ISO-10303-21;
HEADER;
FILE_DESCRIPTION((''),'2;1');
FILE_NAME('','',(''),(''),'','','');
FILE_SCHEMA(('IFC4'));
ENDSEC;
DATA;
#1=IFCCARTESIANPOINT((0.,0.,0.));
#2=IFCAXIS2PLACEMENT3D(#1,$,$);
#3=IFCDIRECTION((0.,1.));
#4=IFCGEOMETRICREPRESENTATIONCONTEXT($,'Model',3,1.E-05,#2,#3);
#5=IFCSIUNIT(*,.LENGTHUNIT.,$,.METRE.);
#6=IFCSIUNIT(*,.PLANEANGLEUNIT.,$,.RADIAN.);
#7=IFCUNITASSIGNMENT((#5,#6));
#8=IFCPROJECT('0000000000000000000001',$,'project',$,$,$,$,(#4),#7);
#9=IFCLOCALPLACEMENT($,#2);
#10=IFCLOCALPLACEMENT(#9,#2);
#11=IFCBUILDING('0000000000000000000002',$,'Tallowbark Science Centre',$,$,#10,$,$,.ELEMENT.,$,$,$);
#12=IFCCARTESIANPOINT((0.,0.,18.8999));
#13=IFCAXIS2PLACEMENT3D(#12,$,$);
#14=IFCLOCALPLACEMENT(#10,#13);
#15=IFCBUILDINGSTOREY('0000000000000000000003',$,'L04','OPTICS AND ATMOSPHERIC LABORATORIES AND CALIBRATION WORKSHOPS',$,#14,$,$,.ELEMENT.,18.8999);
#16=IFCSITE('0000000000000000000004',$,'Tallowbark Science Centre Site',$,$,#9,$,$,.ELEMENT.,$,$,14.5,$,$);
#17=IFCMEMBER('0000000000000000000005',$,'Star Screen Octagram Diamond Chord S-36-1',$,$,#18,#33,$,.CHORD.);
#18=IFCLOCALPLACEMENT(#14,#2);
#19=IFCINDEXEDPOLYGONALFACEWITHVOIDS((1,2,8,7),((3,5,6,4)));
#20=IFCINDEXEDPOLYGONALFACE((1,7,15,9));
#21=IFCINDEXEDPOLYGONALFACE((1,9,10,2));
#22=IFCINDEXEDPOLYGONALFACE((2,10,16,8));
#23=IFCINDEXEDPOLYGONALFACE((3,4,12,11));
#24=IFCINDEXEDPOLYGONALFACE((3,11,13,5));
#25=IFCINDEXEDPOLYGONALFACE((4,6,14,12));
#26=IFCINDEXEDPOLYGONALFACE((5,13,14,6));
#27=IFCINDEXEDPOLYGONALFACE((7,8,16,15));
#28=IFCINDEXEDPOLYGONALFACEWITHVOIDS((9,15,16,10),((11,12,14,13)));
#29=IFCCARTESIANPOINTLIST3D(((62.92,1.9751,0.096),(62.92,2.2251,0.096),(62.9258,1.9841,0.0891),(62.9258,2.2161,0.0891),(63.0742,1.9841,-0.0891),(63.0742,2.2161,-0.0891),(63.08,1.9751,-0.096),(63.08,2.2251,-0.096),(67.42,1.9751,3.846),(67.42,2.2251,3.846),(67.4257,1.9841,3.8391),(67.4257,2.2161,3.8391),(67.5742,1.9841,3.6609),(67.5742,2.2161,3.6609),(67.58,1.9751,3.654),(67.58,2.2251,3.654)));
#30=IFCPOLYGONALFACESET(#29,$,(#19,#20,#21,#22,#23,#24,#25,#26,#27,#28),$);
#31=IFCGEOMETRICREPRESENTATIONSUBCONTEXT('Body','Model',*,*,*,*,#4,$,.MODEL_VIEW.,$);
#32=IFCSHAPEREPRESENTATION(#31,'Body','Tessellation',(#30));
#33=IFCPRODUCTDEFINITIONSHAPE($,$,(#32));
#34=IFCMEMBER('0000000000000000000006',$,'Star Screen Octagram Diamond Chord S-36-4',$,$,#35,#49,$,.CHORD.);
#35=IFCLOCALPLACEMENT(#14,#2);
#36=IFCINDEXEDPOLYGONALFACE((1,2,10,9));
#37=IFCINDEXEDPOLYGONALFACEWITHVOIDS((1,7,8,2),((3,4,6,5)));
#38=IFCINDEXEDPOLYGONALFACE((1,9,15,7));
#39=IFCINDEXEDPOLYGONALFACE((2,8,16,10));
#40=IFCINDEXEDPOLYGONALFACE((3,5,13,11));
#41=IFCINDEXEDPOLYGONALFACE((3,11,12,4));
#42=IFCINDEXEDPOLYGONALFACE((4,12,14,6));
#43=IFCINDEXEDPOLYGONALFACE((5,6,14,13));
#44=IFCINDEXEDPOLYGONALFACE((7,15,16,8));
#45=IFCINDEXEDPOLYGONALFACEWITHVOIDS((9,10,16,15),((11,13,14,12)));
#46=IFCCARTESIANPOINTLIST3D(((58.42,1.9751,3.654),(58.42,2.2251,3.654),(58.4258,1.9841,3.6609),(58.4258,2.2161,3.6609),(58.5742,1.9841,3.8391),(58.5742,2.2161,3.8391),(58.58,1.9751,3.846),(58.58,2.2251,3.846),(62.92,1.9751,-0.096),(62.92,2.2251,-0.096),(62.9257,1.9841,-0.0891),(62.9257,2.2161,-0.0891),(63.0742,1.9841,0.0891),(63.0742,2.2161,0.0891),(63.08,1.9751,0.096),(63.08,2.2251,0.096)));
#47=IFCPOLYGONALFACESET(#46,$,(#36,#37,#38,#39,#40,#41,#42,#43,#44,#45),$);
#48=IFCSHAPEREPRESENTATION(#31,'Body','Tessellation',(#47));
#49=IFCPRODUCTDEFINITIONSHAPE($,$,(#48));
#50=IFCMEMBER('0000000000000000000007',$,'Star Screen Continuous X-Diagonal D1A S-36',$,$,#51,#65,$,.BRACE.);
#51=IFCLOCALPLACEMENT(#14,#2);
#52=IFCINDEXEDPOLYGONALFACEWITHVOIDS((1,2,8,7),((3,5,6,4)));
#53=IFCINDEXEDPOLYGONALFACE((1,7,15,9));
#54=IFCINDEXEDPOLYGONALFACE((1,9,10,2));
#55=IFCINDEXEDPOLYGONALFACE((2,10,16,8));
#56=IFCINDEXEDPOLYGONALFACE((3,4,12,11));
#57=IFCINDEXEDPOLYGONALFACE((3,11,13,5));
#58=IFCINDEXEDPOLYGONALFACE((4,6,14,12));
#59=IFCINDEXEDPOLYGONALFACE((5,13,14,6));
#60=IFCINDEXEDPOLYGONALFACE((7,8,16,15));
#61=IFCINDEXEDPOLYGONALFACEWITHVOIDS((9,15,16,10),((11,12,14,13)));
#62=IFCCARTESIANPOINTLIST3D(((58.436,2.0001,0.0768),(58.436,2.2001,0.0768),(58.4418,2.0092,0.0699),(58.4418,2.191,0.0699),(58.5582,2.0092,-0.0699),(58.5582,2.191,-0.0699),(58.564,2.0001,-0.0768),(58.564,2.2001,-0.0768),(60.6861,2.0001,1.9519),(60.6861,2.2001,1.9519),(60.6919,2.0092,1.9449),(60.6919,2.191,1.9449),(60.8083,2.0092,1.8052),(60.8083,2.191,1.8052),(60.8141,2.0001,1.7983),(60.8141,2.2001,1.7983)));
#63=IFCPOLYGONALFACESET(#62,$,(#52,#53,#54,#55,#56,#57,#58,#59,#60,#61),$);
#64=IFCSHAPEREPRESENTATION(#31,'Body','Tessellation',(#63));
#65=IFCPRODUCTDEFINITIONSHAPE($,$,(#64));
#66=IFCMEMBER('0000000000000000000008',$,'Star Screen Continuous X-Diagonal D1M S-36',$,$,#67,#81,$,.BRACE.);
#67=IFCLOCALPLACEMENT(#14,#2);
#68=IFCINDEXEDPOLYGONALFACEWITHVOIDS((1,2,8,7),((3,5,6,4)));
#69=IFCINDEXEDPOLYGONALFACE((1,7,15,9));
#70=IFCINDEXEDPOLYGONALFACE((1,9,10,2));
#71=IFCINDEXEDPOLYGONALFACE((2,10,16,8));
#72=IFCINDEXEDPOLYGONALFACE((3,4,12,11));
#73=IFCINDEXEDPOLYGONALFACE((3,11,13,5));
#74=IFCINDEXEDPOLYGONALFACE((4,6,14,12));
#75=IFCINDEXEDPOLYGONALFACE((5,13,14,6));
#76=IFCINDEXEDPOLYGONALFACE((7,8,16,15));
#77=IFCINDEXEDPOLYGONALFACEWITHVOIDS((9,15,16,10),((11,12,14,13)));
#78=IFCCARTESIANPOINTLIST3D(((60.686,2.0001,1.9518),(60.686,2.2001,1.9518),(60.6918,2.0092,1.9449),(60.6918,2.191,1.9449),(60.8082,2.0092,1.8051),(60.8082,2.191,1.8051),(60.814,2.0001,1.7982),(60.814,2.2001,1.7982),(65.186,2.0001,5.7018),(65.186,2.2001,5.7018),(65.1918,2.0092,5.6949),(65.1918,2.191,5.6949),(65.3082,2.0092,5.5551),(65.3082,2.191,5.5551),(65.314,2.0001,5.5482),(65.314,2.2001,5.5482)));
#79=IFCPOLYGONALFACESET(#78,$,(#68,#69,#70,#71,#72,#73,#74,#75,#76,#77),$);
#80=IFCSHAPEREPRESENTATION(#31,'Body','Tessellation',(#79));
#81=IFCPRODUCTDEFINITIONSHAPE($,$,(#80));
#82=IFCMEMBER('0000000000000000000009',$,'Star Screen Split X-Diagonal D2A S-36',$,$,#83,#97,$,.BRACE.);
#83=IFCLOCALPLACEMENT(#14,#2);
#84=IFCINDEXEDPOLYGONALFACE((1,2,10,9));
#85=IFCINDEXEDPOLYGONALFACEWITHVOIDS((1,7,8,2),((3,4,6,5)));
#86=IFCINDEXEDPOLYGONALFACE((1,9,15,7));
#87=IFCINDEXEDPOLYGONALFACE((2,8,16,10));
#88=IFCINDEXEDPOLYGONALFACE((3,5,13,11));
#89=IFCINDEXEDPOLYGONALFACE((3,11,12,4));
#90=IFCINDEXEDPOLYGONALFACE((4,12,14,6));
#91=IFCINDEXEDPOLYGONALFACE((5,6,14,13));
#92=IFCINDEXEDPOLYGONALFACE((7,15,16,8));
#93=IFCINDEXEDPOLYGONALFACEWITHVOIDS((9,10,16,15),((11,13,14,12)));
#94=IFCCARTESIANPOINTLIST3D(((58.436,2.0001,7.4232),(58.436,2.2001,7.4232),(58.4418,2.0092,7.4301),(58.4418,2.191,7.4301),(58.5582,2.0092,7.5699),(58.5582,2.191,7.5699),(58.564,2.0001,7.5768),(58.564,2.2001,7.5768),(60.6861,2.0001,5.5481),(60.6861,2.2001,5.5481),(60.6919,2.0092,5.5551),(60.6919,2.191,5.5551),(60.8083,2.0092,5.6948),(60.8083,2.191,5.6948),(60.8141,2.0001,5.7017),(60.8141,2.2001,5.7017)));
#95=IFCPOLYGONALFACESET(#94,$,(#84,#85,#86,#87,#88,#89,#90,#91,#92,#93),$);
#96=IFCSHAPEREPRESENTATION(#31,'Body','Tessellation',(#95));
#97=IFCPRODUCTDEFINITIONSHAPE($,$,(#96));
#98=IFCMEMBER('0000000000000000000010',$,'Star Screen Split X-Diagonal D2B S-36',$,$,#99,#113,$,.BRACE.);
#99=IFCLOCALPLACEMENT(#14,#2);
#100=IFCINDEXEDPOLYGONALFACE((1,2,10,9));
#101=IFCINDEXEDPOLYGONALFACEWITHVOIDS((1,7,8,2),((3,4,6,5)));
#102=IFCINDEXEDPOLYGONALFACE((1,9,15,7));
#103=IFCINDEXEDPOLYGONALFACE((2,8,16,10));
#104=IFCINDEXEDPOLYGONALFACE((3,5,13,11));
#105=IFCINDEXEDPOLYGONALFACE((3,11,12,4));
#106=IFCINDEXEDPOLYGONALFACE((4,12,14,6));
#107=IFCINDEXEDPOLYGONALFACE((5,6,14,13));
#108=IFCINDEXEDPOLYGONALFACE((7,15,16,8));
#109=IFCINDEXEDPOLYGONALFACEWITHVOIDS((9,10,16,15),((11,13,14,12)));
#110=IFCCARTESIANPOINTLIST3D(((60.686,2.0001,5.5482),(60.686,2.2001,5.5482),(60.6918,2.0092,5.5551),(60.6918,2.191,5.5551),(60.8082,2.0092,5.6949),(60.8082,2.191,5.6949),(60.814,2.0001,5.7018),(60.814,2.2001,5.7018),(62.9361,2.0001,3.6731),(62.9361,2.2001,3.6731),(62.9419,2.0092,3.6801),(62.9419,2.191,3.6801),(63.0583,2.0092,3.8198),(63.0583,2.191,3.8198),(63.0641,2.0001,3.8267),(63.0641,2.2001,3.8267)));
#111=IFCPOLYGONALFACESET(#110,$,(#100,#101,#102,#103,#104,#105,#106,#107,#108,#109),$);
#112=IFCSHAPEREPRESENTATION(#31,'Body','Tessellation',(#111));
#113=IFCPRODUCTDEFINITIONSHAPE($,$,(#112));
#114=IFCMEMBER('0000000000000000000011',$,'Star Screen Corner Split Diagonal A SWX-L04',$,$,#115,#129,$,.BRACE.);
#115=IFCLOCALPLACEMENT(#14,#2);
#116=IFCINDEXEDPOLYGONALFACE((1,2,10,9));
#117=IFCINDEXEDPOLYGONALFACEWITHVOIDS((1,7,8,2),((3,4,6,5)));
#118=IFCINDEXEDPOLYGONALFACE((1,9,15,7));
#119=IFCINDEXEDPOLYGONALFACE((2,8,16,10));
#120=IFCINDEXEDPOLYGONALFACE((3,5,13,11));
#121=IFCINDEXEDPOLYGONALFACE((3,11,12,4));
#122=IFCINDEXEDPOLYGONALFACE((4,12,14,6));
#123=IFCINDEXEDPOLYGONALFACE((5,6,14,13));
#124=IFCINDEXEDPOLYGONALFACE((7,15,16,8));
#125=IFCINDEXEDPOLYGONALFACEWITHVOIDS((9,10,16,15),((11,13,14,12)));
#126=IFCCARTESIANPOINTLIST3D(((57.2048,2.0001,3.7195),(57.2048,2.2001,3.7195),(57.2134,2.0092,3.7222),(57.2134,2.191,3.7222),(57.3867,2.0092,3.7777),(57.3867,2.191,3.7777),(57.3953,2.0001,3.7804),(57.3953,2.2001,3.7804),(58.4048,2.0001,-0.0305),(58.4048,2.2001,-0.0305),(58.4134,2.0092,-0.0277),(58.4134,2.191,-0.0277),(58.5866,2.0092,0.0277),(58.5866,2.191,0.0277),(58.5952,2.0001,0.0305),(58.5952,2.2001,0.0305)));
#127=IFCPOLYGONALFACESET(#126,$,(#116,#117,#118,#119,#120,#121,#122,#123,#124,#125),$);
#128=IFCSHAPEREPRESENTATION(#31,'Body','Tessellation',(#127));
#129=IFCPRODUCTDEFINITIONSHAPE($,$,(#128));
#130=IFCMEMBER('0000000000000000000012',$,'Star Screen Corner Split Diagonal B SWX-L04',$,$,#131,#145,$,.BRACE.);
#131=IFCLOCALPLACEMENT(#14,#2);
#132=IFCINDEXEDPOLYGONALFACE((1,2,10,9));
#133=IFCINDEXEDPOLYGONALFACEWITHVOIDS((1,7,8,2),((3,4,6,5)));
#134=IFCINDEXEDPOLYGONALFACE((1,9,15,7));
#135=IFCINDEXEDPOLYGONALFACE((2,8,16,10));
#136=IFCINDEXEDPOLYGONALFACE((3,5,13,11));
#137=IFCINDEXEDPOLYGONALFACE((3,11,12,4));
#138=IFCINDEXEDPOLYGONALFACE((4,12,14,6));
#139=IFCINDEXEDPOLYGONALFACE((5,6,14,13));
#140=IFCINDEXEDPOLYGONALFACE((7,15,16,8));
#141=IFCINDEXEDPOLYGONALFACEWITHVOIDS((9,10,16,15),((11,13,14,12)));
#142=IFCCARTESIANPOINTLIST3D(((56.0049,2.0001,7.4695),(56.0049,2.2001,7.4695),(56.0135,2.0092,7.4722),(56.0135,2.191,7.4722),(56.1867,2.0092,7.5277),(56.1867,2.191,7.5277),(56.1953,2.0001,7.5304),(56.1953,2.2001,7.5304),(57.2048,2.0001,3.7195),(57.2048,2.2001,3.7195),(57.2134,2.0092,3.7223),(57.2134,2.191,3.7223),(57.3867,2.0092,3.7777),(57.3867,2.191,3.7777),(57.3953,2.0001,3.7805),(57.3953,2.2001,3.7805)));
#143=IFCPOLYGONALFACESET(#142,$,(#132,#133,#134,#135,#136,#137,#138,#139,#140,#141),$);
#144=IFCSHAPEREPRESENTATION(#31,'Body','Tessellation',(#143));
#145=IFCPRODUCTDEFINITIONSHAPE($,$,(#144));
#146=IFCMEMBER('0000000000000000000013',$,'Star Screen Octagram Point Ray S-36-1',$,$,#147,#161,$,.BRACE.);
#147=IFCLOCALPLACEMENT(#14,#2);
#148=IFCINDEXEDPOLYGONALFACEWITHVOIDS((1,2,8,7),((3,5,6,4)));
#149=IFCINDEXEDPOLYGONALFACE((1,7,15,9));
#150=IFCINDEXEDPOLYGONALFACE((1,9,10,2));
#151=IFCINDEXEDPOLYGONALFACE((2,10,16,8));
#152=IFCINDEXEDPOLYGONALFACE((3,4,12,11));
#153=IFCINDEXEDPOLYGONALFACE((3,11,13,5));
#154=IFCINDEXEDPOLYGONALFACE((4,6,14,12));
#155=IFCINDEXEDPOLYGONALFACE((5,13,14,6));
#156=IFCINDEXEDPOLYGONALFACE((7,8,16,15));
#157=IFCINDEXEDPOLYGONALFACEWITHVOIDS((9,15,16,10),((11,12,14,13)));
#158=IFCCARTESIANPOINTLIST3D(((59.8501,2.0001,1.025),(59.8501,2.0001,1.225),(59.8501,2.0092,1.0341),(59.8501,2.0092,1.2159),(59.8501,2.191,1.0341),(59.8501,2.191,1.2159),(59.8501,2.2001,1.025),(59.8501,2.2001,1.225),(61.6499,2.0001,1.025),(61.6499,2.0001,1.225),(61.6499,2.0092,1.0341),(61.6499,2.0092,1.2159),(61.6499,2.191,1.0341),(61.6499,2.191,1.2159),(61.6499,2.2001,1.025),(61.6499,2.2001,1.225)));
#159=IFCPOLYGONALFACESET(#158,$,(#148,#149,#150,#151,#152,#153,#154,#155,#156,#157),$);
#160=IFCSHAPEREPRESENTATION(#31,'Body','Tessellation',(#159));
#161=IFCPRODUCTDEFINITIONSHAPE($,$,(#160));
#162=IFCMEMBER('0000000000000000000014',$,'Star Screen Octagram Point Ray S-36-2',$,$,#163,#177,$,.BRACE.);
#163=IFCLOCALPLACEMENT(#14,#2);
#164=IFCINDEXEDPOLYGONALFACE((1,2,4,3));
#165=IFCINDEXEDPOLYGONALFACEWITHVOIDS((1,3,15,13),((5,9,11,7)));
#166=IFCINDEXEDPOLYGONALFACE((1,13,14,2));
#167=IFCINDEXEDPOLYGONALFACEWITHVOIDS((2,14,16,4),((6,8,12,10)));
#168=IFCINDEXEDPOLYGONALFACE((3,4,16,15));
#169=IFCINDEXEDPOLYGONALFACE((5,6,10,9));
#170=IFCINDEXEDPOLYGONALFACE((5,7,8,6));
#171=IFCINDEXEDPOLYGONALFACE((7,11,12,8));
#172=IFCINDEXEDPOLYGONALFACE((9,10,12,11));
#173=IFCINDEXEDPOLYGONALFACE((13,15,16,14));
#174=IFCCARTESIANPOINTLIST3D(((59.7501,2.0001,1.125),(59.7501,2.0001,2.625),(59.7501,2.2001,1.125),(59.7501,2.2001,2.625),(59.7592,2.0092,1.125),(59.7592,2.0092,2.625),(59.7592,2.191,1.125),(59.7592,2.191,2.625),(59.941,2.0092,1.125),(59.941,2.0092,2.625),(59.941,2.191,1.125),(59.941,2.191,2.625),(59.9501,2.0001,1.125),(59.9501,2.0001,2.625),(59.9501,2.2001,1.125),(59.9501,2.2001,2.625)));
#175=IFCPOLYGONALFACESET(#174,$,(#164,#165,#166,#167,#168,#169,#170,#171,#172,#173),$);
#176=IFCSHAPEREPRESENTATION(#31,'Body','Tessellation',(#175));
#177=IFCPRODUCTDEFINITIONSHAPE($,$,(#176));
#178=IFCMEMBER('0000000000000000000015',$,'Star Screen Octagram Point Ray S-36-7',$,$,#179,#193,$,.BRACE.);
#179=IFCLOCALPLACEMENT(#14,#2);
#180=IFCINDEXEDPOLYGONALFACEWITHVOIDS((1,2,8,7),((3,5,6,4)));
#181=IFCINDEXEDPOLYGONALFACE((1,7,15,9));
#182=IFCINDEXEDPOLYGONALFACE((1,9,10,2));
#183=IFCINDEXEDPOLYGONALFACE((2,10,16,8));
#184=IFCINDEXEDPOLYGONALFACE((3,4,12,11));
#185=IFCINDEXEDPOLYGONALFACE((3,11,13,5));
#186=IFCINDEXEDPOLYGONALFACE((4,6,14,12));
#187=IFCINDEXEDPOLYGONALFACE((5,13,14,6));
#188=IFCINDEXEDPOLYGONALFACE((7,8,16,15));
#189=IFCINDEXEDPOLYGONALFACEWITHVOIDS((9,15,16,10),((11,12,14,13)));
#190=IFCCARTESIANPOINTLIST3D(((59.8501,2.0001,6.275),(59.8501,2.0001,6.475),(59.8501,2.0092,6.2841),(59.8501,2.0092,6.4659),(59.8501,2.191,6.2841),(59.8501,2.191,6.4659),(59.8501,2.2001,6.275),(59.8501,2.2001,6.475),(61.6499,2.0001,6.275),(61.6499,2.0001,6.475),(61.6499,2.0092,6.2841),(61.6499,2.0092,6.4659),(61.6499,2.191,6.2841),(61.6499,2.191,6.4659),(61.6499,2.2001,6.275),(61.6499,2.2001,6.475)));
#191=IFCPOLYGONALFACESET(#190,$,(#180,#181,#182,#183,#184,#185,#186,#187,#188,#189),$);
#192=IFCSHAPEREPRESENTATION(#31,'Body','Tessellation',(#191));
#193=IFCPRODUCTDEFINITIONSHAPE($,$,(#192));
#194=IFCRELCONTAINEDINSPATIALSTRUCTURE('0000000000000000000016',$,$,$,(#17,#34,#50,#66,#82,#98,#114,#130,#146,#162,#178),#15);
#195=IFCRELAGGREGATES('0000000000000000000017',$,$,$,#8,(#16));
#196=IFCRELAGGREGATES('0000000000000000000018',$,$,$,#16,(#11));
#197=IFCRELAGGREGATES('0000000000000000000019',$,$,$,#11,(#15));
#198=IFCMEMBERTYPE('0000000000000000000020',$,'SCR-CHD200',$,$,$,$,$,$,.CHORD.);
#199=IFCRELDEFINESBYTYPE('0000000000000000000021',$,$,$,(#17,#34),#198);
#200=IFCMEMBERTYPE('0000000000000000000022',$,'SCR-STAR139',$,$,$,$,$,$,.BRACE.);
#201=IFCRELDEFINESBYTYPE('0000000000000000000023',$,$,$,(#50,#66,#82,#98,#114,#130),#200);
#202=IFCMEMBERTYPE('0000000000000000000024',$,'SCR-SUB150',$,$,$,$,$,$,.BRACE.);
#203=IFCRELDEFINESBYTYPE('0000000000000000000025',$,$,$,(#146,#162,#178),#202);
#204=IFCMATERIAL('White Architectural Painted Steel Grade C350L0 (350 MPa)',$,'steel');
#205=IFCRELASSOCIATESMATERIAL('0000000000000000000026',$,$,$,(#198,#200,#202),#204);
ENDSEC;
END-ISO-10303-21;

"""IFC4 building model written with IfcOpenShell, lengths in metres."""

from ifc_helpers import new_model, si_unit, direction, frame, origin, origin_2d, place, context, subcontext, project, spatial, hollow_rectangle, extrude, material, material_profile, profile_set, type_object, element, save


model = new_model("IFC4")

# Units and contexts
model_context = context("Model", 3, precision=1e-05, world=origin(), true_north=direction((0.0, 1.0)))
body_context = subcontext(model_context, "Body", "Model", "MODEL_VIEW")
ifc_project = project(units=[si_unit("LENGTHUNIT", "METRE"), si_unit("PLANEANGLEUNIT", "RADIAN")], contexts=[model_context])

# Site, building, storey
site_placement = place(None, origin())
site = spatial("IfcSite", under=ifc_project, at=site_placement, Name="Tallowbark Science Centre Site", CompositionType="ELEMENT", RefElevation=14.5)
building_placement = place(site_placement, origin())
building = spatial("IfcBuilding", under=site, at=building_placement, Name="Tallowbark Science Centre", CompositionType="ELEMENT")
storey_placement = place(building_placement, frame((0.0, 0.0, 18.8999)))
storey = spatial("IfcBuildingStorey", under=building, at=storey_placement, Name="L04", Description="OPTICS AND ATMOSPHERIC LABORATORIES AND CALIBRATION WORKSHOPS", CompositionType="ELEMENT", Elevation=18.8999)

# Shared definitions
ifc_material_1 = material(Name="White Architectural Painted Steel Grade C350L0 (350 MPa)", Category="steel")

# Members
ifc_material_profile_1 = material_profile(ifc_material_1, hollow_rectangle(XDim=0.25, YDim=0.25, WallThickness=0.009, at=origin_2d()), Name="250x250x9.0SHS")
ifc_profile_set_1 = profile_set([ifc_material_profile_1], Name="White Architectural Painted Steel Grade C350L0 (350 MPa)")
member_type_1 = type_object("IfcMemberType", Name="SCR-CHD200", PredefinedType="CHORD", material=ifc_profile_set_1)
for number, where, z_axis, x_axis, name in (
    (1, (63.0, 2.1001, 0.0), (0.768221, 0.0, 0.640184), (0.0, 1.0, 0.0), "Star Screen Octagram Diamond Chord S-36-1"),
    (2, (58.5, 2.1001, 3.75), (0.768221, 0.0, -0.640184), (0.0, 1.0, 0.0), "Star Screen Octagram Diamond Chord S-36-4"),
):
    element("IfcMember", number, at=place(storey_placement, frame(where, z_axis=z_axis, x_axis=x_axis)), inside=storey, type_object=member_type_1, Name=name, PredefinedType="CHORD", context=body_context, shape_type="SweptSolid", body=[
        extrude(hollow_rectangle(XDim=0.25, YDim=0.25, WallThickness=0.009, at=origin_2d()), origin(), (0.0, 0.0, 1.0), 5.8577),
    ])
ifc_material_profile_2 = material_profile(ifc_material_1, hollow_rectangle(XDim=0.2, YDim=0.2, WallThickness=0.009, at=origin_2d()), Name="200x200x9.0SHS")
ifc_profile_set_2 = profile_set([ifc_material_profile_2], Name="White Architectural Painted Steel Grade C350L0 (350 MPa)")
member_type_2 = type_object("IfcMemberType", Name="SCR-STAR139", PredefinedType="BRACE", material=ifc_profile_set_2)
member_1_placement = place(storey_placement, frame((58.5, 2.1001, 0.0), z_axis=(0.768221, 0.0, 0.640184), x_axis=(0.0, 1.0, 0.0)))
element("IfcMember", 3, at=member_1_placement, inside=storey, type_object=member_type_2, Name="Star Screen Continuous X-Diagonal D1A S-36", PredefinedType="BRACE", context=body_context, shape_type="SweptSolid", body=[
    extrude(hollow_rectangle(XDim=0.2, YDim=0.2, WallThickness=0.009, at=origin_2d()), origin(), (0.0, 0.0, 1.0), 2.929),
])
member_2_placement = place(storey_placement, frame((60.75, 2.1001, 1.875), z_axis=(0.768221, 0.0, 0.640184), x_axis=(0.0, 1.0, 0.0)))
element("IfcMember", 4, at=member_2_placement, inside=storey, type_object=member_type_2, Name="Star Screen Continuous X-Diagonal D1M S-36", PredefinedType="BRACE", context=body_context, shape_type="SweptSolid", body=[
    extrude(hollow_rectangle(XDim=0.2, YDim=0.2, WallThickness=0.009, at=origin_2d()), origin(), (0.0, 0.0, 1.0), 5.8577),
])
for number, where, z_axis, x_axis, name in (
    (5, (58.5, 2.1001, 7.5), (0.768221, 0.0, -0.640184), (0.0, 1.0, 0.0), "Star Screen Split X-Diagonal D2A S-36"),
    (6, (60.75, 2.1001, 5.625), (0.768221, 0.0, -0.640184), (0.0, 1.0, 0.0), "Star Screen Split X-Diagonal D2B S-36"),
):
    element("IfcMember", number, at=place(storey_placement, frame(where, z_axis=z_axis, x_axis=x_axis)), inside=storey, type_object=member_type_2, Name=name, PredefinedType="BRACE", context=body_context, shape_type="SweptSolid", body=[
        extrude(hollow_rectangle(XDim=0.2, YDim=0.2, WallThickness=0.009, at=origin_2d()), origin(), (0.0, 0.0, 1.0), 2.929),
    ])
for number, where, z_axis, x_axis, name in (
    (7, (58.5, 2.1001, 0.0), (-0.304764, 0.0, 0.952428), (0.0, -1.0, 0.0), "Star Screen Corner Split Diagonal A SWX-L04"),
    (8, (57.3, 2.1001, 3.75), (-0.304764, 0.0, 0.952428), (0.0, -1.0, 0.0), "Star Screen Corner Split Diagonal B SWX-L04"),
):
    element("IfcMember", number, at=place(storey_placement, frame(where, z_axis=z_axis, x_axis=x_axis)), inside=storey, type_object=member_type_2, Name=name, PredefinedType="BRACE", context=body_context, shape_type="SweptSolid", body=[
        extrude(hollow_rectangle(XDim=0.2, YDim=0.2, WallThickness=0.009, at=origin_2d()), origin(), (0.0, 0.0, 1.0), 3.9373),
    ])
ifc_material_profile_3 = material_profile(ifc_material_1, hollow_rectangle(XDim=0.2, YDim=0.2, WallThickness=0.009, at=origin_2d()), Name="200x200x9.0SHS")
ifc_profile_set_3 = profile_set([ifc_material_profile_3], Name="White Architectural Painted Steel Grade C350L0 (350 MPa)")
member_type_3 = type_object("IfcMemberType", Name="SCR-SUB150", PredefinedType="BRACE", material=ifc_profile_set_3)
member_3_placement = place(storey_placement, frame((59.8501, 2.1001, 1.125), z_axis=(1.0, 0.0, 0.0), x_axis=(0.0, 1.0, 0.0)))
element("IfcMember", 9, at=member_3_placement, inside=storey, type_object=member_type_3, Name="Star Screen Octagram Point Ray S-36-1", PredefinedType="BRACE", context=body_context, shape_type="SweptSolid", body=[
    extrude(hollow_rectangle(XDim=0.2, YDim=0.2, WallThickness=0.009, at=origin_2d()), origin(), (0.0, 0.0, 1.0), 1.7998),
])
member_4_placement = place(storey_placement, frame((59.8501, 2.1001, 1.125), z_axis=(0.0, 0.0, 1.0), x_axis=(1.0, 0.0, 0.0)))
element("IfcMember", 10, at=member_4_placement, inside=storey, type_object=member_type_3, Name="Star Screen Octagram Point Ray S-36-2", PredefinedType="BRACE", context=body_context, shape_type="SweptSolid", body=[
    extrude(hollow_rectangle(XDim=0.2, YDim=0.2, WallThickness=0.009, at=origin_2d()), origin(), (0.0, 0.0, 1.0), 1.5),
])
member_5_placement = place(storey_placement, frame((59.8501, 2.1001, 6.375), z_axis=(1.0, 0.0, 0.0), x_axis=(0.0, 1.0, 0.0)))
element("IfcMember", 11, at=member_5_placement, inside=storey, type_object=member_type_3, Name="Star Screen Octagram Point Ray S-36-7", PredefinedType="BRACE", context=body_context, shape_type="SweptSolid", body=[
    extrude(hollow_rectangle(XDim=0.2, YDim=0.2, WallThickness=0.009, at=origin_2d()), origin(), (0.0, 0.0, 1.0), 1.7998),
])

save(model, "model.ifc")
